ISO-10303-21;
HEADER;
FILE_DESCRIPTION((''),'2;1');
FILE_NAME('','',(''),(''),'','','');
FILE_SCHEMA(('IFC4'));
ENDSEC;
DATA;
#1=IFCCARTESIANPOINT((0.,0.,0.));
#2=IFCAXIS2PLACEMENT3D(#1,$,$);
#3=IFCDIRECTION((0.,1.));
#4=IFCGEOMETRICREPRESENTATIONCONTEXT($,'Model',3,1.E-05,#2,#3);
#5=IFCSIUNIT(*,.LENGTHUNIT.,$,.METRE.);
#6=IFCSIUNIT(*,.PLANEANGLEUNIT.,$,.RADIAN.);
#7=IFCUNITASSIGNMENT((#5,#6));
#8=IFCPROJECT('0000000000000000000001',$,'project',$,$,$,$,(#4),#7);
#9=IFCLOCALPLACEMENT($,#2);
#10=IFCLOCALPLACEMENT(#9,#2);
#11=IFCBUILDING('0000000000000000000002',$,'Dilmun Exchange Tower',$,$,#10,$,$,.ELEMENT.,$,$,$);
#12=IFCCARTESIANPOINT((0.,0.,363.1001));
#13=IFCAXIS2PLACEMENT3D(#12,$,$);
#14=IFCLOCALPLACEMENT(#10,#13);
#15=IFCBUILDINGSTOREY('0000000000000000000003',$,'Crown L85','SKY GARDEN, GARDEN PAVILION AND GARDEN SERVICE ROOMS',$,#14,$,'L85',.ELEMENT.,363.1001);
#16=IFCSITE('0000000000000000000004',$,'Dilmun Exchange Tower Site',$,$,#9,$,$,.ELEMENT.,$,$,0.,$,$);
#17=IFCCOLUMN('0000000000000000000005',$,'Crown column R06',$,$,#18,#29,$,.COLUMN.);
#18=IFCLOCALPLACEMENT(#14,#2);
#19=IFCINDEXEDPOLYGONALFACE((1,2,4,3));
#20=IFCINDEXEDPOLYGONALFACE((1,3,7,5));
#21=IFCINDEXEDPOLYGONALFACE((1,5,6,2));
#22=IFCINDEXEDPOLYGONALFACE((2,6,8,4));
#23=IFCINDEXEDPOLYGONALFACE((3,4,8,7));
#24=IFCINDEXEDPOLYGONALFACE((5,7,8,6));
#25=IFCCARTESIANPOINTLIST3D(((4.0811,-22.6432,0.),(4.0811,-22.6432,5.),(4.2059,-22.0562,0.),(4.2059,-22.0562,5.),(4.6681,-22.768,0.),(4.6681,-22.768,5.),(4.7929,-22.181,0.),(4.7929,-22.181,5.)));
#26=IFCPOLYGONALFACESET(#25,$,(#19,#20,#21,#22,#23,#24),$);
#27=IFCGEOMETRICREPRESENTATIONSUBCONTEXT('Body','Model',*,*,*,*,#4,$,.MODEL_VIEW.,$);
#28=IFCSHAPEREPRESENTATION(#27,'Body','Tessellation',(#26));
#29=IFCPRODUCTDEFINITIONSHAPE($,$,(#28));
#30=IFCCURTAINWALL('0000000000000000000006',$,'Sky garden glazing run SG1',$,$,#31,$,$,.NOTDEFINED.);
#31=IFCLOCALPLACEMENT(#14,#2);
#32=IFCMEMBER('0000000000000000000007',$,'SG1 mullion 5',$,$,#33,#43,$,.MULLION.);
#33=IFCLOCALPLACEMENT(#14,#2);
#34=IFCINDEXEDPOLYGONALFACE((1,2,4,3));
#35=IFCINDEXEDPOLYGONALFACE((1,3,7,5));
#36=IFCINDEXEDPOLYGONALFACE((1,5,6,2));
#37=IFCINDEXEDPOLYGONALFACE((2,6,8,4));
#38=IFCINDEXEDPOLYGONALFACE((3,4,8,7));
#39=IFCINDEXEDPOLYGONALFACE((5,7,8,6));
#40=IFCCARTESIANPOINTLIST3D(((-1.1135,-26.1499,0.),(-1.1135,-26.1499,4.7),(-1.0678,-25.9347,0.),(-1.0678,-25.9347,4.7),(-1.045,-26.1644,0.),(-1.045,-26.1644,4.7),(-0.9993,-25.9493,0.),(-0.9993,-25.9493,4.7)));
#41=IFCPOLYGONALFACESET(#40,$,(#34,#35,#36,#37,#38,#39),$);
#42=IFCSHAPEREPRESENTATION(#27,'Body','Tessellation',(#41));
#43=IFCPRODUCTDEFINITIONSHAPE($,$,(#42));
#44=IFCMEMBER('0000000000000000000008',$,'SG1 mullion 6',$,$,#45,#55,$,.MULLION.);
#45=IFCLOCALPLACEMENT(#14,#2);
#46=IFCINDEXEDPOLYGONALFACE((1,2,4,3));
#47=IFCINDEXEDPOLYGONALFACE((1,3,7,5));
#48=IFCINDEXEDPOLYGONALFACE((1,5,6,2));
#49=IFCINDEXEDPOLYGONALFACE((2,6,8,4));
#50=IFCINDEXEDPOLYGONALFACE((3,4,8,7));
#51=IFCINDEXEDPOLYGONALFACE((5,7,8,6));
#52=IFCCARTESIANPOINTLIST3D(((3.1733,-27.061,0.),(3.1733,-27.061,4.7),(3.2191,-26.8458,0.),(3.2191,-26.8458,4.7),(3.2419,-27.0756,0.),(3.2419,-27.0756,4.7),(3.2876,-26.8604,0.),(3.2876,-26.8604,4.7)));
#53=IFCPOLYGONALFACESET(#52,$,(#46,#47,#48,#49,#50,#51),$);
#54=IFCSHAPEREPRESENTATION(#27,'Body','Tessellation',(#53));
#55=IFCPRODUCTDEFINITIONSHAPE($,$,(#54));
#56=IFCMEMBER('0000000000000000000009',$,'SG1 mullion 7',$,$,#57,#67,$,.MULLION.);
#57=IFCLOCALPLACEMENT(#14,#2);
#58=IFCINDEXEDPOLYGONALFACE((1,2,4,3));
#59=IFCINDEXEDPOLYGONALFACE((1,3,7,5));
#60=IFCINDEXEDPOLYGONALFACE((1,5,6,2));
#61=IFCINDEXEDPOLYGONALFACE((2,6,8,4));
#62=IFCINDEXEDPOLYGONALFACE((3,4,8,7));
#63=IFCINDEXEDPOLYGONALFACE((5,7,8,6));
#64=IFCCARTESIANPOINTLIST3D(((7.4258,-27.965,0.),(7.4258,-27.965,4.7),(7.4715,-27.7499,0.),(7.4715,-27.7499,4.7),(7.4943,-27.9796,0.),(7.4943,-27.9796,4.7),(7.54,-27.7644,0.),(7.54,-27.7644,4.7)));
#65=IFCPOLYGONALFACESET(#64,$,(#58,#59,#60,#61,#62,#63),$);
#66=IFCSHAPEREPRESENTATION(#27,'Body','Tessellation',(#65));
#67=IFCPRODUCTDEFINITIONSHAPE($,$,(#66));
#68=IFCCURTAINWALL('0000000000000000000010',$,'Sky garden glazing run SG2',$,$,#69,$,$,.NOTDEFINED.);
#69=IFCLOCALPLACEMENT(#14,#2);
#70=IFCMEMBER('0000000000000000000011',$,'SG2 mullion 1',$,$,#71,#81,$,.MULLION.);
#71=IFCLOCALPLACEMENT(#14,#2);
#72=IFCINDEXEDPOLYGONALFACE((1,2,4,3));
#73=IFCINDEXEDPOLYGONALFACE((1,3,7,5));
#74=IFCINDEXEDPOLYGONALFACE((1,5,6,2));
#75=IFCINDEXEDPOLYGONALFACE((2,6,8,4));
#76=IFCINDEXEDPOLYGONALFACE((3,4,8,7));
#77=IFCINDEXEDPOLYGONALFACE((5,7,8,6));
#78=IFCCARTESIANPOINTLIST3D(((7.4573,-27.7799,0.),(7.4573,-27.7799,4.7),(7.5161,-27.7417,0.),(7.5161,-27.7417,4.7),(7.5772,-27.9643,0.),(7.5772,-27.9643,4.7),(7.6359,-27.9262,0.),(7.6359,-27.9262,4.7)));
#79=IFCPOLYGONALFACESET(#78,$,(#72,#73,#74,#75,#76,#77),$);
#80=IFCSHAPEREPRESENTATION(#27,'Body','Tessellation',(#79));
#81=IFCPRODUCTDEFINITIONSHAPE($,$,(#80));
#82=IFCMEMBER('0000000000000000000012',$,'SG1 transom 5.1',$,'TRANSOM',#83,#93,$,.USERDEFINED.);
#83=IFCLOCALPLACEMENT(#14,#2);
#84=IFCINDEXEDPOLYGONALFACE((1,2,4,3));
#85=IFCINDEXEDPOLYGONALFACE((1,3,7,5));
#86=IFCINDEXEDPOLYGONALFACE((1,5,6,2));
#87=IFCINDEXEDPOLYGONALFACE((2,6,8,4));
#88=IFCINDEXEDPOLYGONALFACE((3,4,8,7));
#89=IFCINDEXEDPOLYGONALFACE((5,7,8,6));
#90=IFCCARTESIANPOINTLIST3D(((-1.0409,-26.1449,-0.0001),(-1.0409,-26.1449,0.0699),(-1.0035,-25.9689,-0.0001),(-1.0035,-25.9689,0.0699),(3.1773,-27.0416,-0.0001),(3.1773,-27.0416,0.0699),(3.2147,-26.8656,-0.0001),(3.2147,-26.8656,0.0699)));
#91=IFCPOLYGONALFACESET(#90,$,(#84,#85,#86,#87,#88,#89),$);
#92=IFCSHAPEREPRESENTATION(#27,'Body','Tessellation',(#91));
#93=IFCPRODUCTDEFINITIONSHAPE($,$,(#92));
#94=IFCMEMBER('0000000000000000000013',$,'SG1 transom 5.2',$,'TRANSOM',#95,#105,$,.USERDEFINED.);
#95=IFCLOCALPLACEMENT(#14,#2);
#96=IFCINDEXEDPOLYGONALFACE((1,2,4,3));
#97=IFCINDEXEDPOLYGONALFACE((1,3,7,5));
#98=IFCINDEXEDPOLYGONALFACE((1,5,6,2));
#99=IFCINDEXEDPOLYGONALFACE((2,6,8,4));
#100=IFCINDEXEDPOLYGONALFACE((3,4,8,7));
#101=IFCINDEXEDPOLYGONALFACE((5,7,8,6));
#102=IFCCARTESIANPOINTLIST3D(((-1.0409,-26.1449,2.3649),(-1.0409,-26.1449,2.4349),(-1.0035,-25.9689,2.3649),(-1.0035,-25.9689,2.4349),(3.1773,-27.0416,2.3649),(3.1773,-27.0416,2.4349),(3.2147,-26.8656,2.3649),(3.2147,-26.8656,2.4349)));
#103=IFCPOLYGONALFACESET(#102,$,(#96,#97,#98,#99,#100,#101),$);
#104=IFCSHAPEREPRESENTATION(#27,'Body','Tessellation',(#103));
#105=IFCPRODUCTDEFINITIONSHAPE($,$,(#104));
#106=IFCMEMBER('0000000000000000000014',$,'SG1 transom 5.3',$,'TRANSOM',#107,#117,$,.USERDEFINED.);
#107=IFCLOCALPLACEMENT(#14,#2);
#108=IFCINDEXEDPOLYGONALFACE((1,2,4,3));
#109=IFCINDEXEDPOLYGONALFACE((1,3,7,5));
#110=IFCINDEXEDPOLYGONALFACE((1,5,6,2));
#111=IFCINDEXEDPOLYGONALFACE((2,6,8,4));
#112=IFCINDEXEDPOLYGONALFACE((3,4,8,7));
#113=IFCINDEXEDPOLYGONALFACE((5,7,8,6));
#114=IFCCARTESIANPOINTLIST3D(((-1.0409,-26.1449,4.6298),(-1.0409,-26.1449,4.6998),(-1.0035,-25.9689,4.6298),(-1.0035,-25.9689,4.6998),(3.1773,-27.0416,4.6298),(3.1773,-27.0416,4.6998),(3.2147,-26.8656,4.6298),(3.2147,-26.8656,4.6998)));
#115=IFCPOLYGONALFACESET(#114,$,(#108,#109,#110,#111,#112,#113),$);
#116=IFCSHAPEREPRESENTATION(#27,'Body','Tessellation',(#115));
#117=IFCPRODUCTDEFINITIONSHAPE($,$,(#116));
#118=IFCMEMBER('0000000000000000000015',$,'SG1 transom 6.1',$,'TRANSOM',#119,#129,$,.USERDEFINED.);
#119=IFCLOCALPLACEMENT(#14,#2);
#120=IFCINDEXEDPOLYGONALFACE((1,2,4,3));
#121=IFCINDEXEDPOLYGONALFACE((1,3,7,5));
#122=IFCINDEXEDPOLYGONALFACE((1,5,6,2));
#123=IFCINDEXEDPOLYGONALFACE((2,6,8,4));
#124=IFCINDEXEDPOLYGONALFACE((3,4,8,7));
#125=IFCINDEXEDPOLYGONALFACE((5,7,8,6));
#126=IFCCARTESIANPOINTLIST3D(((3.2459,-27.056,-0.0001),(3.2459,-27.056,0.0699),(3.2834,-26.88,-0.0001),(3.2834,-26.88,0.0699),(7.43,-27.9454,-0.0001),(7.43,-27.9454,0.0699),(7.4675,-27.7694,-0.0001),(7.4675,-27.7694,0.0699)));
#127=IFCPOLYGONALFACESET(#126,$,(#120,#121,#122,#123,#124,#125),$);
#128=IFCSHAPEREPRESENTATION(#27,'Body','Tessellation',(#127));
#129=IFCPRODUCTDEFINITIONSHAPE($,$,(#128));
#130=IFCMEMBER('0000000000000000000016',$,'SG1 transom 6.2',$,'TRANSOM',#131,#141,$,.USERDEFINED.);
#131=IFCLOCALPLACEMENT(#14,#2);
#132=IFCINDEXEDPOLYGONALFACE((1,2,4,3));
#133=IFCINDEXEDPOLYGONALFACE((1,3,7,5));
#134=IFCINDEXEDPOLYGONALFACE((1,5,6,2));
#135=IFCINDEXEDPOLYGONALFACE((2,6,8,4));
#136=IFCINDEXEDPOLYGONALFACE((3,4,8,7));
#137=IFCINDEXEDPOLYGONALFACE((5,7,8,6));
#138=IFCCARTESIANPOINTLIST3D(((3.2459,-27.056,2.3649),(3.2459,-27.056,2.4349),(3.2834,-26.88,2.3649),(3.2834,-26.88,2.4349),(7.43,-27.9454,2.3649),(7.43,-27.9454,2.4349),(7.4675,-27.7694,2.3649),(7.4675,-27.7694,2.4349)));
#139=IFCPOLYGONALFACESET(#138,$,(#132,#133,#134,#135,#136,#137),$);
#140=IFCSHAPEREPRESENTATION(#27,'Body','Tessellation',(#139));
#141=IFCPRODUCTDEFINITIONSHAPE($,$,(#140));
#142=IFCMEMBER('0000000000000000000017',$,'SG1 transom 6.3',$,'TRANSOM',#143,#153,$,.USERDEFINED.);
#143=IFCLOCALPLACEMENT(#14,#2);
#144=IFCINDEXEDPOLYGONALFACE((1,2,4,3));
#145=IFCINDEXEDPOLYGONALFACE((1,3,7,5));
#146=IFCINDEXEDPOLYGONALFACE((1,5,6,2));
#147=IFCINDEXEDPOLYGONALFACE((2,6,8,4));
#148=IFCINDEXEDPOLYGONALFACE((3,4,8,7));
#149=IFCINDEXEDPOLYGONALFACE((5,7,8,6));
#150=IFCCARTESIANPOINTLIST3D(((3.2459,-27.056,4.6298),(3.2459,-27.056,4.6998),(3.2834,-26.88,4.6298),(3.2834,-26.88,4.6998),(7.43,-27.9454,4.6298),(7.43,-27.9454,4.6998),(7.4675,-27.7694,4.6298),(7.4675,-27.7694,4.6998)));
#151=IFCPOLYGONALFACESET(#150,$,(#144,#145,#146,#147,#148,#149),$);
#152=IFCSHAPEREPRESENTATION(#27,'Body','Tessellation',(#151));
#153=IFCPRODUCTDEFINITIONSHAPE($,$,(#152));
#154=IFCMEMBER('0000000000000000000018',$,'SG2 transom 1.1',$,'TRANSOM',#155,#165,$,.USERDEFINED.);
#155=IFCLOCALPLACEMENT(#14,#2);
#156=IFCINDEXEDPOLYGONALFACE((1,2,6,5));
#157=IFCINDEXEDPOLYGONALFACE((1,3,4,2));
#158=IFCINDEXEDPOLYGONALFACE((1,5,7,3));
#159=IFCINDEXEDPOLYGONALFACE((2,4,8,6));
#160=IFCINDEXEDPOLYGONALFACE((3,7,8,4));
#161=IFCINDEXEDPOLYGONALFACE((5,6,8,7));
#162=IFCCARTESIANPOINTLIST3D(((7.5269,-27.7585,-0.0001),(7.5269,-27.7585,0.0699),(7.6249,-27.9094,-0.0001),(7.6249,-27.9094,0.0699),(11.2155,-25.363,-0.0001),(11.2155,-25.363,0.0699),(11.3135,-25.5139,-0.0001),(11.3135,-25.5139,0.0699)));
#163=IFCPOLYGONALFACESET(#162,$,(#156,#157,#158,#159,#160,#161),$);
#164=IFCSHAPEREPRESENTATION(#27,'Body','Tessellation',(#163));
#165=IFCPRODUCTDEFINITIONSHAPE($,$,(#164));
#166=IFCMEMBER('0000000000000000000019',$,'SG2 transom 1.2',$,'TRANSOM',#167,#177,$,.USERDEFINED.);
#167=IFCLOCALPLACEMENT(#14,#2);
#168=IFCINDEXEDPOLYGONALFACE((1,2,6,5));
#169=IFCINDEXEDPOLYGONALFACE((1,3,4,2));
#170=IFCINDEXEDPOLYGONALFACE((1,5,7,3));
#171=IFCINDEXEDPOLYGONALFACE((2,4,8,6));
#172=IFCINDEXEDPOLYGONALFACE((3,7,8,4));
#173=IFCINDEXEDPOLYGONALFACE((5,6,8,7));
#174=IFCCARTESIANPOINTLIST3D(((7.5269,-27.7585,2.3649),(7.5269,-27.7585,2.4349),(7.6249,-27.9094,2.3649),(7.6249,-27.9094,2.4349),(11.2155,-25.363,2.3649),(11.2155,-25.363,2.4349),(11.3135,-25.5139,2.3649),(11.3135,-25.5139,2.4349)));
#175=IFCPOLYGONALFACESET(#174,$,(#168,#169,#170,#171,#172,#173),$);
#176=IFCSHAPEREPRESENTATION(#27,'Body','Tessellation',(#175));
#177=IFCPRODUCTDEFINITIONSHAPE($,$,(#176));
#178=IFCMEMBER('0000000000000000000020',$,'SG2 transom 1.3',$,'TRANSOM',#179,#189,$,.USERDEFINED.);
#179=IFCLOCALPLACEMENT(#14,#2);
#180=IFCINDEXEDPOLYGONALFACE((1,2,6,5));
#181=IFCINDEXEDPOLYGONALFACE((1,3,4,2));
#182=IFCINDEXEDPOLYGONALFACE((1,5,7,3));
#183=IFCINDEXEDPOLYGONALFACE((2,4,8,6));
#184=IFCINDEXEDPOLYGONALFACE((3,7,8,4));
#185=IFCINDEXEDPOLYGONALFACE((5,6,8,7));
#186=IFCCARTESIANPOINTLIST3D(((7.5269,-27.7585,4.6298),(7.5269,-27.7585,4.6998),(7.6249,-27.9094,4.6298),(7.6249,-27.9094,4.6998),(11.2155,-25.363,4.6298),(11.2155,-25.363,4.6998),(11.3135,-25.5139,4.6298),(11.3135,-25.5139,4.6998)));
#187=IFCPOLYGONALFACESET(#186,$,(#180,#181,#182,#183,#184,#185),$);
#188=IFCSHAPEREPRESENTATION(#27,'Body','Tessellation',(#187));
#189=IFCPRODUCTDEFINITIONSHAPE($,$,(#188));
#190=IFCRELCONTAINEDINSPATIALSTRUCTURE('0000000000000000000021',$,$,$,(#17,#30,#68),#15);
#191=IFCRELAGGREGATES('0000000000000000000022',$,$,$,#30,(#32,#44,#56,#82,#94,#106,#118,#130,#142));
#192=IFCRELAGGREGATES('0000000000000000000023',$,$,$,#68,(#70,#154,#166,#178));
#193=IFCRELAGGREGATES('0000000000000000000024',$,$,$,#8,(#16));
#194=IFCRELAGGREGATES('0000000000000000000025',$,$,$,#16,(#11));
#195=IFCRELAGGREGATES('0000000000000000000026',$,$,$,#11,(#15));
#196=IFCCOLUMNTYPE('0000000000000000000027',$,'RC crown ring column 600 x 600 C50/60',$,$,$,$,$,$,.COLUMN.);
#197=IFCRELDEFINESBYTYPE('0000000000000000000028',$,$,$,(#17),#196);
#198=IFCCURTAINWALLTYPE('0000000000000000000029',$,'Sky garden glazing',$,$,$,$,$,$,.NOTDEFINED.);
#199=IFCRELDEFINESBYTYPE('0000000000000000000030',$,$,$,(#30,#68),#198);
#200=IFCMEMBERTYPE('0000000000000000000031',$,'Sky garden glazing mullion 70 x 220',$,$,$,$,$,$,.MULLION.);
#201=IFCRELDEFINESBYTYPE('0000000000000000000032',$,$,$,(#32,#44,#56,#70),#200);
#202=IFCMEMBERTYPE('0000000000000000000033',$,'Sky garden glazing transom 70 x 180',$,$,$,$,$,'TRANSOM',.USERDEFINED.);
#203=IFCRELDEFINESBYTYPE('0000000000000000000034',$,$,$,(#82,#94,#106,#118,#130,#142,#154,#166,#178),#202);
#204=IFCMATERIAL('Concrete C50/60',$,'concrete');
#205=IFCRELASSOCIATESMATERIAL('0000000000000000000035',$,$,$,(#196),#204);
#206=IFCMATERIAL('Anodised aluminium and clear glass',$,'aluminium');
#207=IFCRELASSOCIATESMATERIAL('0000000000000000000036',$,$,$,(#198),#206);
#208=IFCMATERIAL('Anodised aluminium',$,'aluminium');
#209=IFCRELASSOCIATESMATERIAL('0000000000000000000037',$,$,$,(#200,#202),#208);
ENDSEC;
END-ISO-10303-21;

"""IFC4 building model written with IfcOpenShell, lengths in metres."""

from ifc_helpers import new_model, si_unit, direction, frame, origin, origin_2d, place, context, subcontext, project, spatial, rectangle, extrude, material, material_profile, profile_set, type_object, element, aggregate, save


model = new_model("IFC4")

# Units and contexts
model_context = context("Model", 3, precision=1e-05, world=origin(), true_north=direction((0.0, 1.0)))
body_context = subcontext(model_context, "Body", "Model", "MODEL_VIEW")
ifc_project = project(units=[si_unit("LENGTHUNIT", "METRE"), si_unit("PLANEANGLEUNIT", "RADIAN")], contexts=[model_context])

# Site, building, storey
site_placement = place(None, origin())
site = spatial("IfcSite", under=ifc_project, at=site_placement, Name="Dilmun Exchange Tower Site", CompositionType="ELEMENT", RefElevation=0.0)
building_placement = place(site_placement, origin())
building = spatial("IfcBuilding", under=site, at=building_placement, Name="Dilmun Exchange Tower", CompositionType="ELEMENT")
storey_placement = place(building_placement, frame((0.0, 0.0, 363.1001)))
storey = spatial("IfcBuildingStorey", under=building, at=storey_placement, Name="Crown L85", Description="SKY GARDEN, GARDEN PAVILION AND GARDEN SERVICE ROOMS", LongName="L85", CompositionType="ELEMENT", Elevation=363.1001)

# Column
ifc_material_1 = material(Name="Concrete C50/60", Category="concrete")
ifc_material_profile_1 = material_profile(ifc_material_1, rectangle(XDim=0.6001, YDim=0.6001, at=origin_2d()), Name="600 x 600")
ifc_profile_set_1 = profile_set([ifc_material_profile_1], Name="Concrete C50/60")
column_type = type_object("IfcColumnType", Name="RC crown ring column 600 x 600 C50/60", PredefinedType="COLUMN", material=ifc_profile_set_1)
column_placement = place(storey_placement, frame((4.437, -22.4121, 0.0), z_axis=(0.0, 0.0, 1.0), x_axis=(0.207912, 0.978148, 0.0)))
element("IfcColumn", 1, at=column_placement, inside=storey, type_object=column_type, Name="Crown column R06", PredefinedType="COLUMN", context=body_context, shape_type="SweptSolid", body=[
    extrude(rectangle(XDim=0.6001, YDim=0.6001, at=origin_2d()), origin(), (0.0, 0.0, 1.0), 5.0),
])

# Curtain wall, members
ifc_material_2 = material(Name="Anodised aluminium and clear glass", Category="aluminium")
curtain_wall_type = type_object("IfcCurtainWallType", Name="Sky garden glazing", PredefinedType="NOTDEFINED", material=ifc_material_2)
curtain_wall_1_placement = place(storey_placement, origin())
curtain_wall_1 = element("IfcCurtainWall", 2, at=curtain_wall_1_placement, inside=storey, type_object=curtain_wall_type, Name="Sky garden glazing run SG1", PredefinedType="NOTDEFINED")
ifc_material_3 = material(Name="Anodised aluminium", Category="aluminium")
ifc_material_profile_2 = material_profile(ifc_material_3, rectangle(XDim=0.22, YDim=0.0701, at=origin_2d()), Name="AL 70x220")
ifc_profile_set_2 = profile_set([ifc_material_profile_2], Name="Anodised aluminium")
member_type_1 = type_object("IfcMemberType", Name="Sky garden glazing mullion 70 x 220", PredefinedType="MULLION", material=ifc_profile_set_2)
member_1_placement = place(storey_placement, frame((-1.0564, -26.0496, 0.0), z_axis=(0.0, 0.0, 1.0), x_axis=(0.207913, 0.978147, 0.0)))
member_1 = element("IfcMember", 3, at=member_1_placement, type_object=member_type_1, Name="SG1 mullion 5", PredefinedType="MULLION", context=body_context, shape_type="SweptSolid", body=[
    extrude(rectangle(XDim=0.22, YDim=0.0701, at=origin_2d()), origin(), (0.0, 0.0, 1.0), 4.7),
])
member_2_placement = place(storey_placement, frame((3.2305, -26.9607, 0.0), z_axis=(0.0, 0.0, 1.0), x_axis=(0.207913, 0.978147, 0.0)))
member_2 = element("IfcMember", 4, at=member_2_placement, type_object=member_type_1, Name="SG1 mullion 6", PredefinedType="MULLION", context=body_context, shape_type="SweptSolid", body=[
    extrude(rectangle(XDim=0.22, YDim=0.0701, at=origin_2d()), origin(), (0.0, 0.0, 1.0), 4.7),
])
member_3_placement = place(storey_placement, frame((7.4829, -27.8647, 0.0), z_axis=(0.0, 0.0, 1.0), x_axis=(0.207913, 0.978147, 0.0)))
member_3 = element("IfcMember", 5, at=member_3_placement, type_object=member_type_1, Name="SG1 mullion 7", PredefinedType="MULLION", context=body_context, shape_type="SweptSolid", body=[
    extrude(rectangle(XDim=0.22, YDim=0.0701, at=origin_2d()), origin(), (0.0, 0.0, 1.0), 4.7),
])

# Curtain wall, member
curtain_wall_2_placement = place(storey_placement, origin())
curtain_wall_2 = element("IfcCurtainWall", 6, at=curtain_wall_2_placement, inside=storey, type_object=curtain_wall_type, Name="Sky garden glazing run SG2", PredefinedType="NOTDEFINED")
member_4_placement = place(storey_placement, frame((7.5466, -27.853, 0.0), z_axis=(0.0, 0.0, 1.0), x_axis=(-0.544644, 0.838667, 0.0)))
member_4 = element("IfcMember", 7, at=member_4_placement, type_object=member_type_1, Name="SG2 mullion 1", PredefinedType="MULLION", context=body_context, shape_type="SweptSolid", body=[
    extrude(rectangle(XDim=0.22, YDim=0.0701, at=origin_2d()), origin(), (0.0, 0.0, 1.0), 4.7),
])

# Members
ifc_material_profile_3 = material_profile(ifc_material_3, rectangle(XDim=0.1799, YDim=0.0701, at=origin_2d()), Name="AL 70x180")
ifc_profile_set_3 = profile_set([ifc_material_profile_3], Name="Anodised aluminium")
member_type_2 = type_object("IfcMemberType", Name="Sky garden glazing transom 70 x 180", ElementType="TRANSOM", PredefinedType="USERDEFINED", material=ifc_profile_set_3)
member_5_placement = place(storey_placement, frame((-1.0222, -26.0569, 0.0349), z_axis=(0.978142, -0.207936, 0.0), x_axis=(0.207936, 0.978142, 0.0)))
member_5 = element("IfcMember", 8, at=member_5_placement, type_object=member_type_2, Name="SG1 transom 5.1", ObjectType="TRANSOM", PredefinedType="USERDEFINED", context=body_context, shape_type="SweptSolid", body=[
    extrude(rectangle(XDim=0.1799, YDim=0.0701, at=origin_2d()), origin(), (0.0, 0.0, 1.0), 4.3125),
])
member_6_placement = place(storey_placement, frame((-1.0222, -26.0569, 2.3999), z_axis=(0.978142, -0.207936, 0.0), x_axis=(0.207936, 0.978142, 0.0)))
member_6 = element("IfcMember", 9, at=member_6_placement, type_object=member_type_2, Name="SG1 transom 5.2", ObjectType="TRANSOM", PredefinedType="USERDEFINED", context=body_context, shape_type="SweptSolid", body=[
    extrude(rectangle(XDim=0.1799, YDim=0.0701, at=origin_2d()), origin(), (0.0, 0.0, 1.0), 4.3125),
])
member_7_placement = place(storey_placement, frame((-1.0222, -26.0569, 4.6648), z_axis=(0.978142, -0.207936, 0.0), x_axis=(0.207936, 0.978142, 0.0)))
member_7 = element("IfcMember", 10, at=member_7_placement, type_object=member_type_2, Name="SG1 transom 5.3", ObjectType="TRANSOM", PredefinedType="USERDEFINED", context=body_context, shape_type="SweptSolid", body=[
    extrude(rectangle(XDim=0.1799, YDim=0.0701, at=origin_2d()), origin(), (0.0, 0.0, 1.0), 4.3125),
])
member_8_placement = place(storey_placement, frame((3.2646, -26.968, 0.0349), z_axis=(0.978145, -0.207923, 0.0), x_axis=(0.207923, 0.978145, 0.0)))
member_8 = element("IfcMember", 11, at=member_8_placement, type_object=member_type_2, Name="SG1 transom 6.1", ObjectType="TRANSOM", PredefinedType="USERDEFINED", context=body_context, shape_type="SweptSolid", body=[
    extrude(rectangle(XDim=0.1799, YDim=0.0701, at=origin_2d()), origin(), (0.0, 0.0, 1.0), 4.2776),
])
member_9_placement = place(storey_placement, frame((3.2646, -26.968, 2.3999), z_axis=(0.978145, -0.207923, 0.0), x_axis=(0.207923, 0.978145, 0.0)))
member_9 = element("IfcMember", 12, at=member_9_placement, type_object=member_type_2, Name="SG1 transom 6.2", ObjectType="TRANSOM", PredefinedType="USERDEFINED", context=body_context, shape_type="SweptSolid", body=[
    extrude(rectangle(XDim=0.1799, YDim=0.0701, at=origin_2d()), origin(), (0.0, 0.0, 1.0), 4.2776),
])
member_10_placement = place(storey_placement, frame((3.2646, -26.968, 4.6648), z_axis=(0.978145, -0.207923, 0.0), x_axis=(0.207923, 0.978145, 0.0)))
member_10 = element("IfcMember", 13, at=member_10_placement, type_object=member_type_2, Name="SG1 transom 6.3", ObjectType="TRANSOM", PredefinedType="USERDEFINED", context=body_context, shape_type="SweptSolid", body=[
    extrude(rectangle(XDim=0.1799, YDim=0.0701, at=origin_2d()), origin(), (0.0, 0.0, 1.0), 4.2776),
])
member_11_placement = place(storey_placement, frame((7.5759, -27.834, 0.0349), z_axis=(0.838652, 0.544668, 0.0), x_axis=(-0.544668, 0.838652, 0.0)))
member_11 = element("IfcMember", 14, at=member_11_placement, type_object=member_type_2, Name="SG2 transom 1.1", ObjectType="TRANSOM", PredefinedType="USERDEFINED", context=body_context, shape_type="SweptSolid", body=[
    extrude(rectangle(XDim=0.1799, YDim=0.0701, at=origin_2d()), origin(), (0.0, 0.0, 1.0), 4.3982),
])
member_12_placement = place(storey_placement, frame((7.5759, -27.834, 2.3999), z_axis=(0.838652, 0.544668, 0.0), x_axis=(-0.544668, 0.838652, 0.0)))
member_12 = element("IfcMember", 15, at=member_12_placement, type_object=member_type_2, Name="SG2 transom 1.2", ObjectType="TRANSOM", PredefinedType="USERDEFINED", context=body_context, shape_type="SweptSolid", body=[
    extrude(rectangle(XDim=0.1799, YDim=0.0701, at=origin_2d()), origin(), (0.0, 0.0, 1.0), 4.3982),
])
member_13_placement = place(storey_placement, frame((7.5759, -27.834, 4.6648), z_axis=(0.838652, 0.544668, 0.0), x_axis=(-0.544668, 0.838652, 0.0)))
member_13 = element("IfcMember", 16, at=member_13_placement, type_object=member_type_2, Name="SG2 transom 1.3", ObjectType="TRANSOM", PredefinedType="USERDEFINED", context=body_context, shape_type="SweptSolid", body=[
    extrude(rectangle(XDim=0.1799, YDim=0.0701, at=origin_2d()), origin(), (0.0, 0.0, 1.0), 4.3982),
])

aggregate(curtain_wall_1, [member_1, member_2, member_3, member_5, member_6, member_7, member_8, member_9, member_10])
aggregate(curtain_wall_2, [member_4, member_11, member_12, member_13])

save(model, "model.ifc")
